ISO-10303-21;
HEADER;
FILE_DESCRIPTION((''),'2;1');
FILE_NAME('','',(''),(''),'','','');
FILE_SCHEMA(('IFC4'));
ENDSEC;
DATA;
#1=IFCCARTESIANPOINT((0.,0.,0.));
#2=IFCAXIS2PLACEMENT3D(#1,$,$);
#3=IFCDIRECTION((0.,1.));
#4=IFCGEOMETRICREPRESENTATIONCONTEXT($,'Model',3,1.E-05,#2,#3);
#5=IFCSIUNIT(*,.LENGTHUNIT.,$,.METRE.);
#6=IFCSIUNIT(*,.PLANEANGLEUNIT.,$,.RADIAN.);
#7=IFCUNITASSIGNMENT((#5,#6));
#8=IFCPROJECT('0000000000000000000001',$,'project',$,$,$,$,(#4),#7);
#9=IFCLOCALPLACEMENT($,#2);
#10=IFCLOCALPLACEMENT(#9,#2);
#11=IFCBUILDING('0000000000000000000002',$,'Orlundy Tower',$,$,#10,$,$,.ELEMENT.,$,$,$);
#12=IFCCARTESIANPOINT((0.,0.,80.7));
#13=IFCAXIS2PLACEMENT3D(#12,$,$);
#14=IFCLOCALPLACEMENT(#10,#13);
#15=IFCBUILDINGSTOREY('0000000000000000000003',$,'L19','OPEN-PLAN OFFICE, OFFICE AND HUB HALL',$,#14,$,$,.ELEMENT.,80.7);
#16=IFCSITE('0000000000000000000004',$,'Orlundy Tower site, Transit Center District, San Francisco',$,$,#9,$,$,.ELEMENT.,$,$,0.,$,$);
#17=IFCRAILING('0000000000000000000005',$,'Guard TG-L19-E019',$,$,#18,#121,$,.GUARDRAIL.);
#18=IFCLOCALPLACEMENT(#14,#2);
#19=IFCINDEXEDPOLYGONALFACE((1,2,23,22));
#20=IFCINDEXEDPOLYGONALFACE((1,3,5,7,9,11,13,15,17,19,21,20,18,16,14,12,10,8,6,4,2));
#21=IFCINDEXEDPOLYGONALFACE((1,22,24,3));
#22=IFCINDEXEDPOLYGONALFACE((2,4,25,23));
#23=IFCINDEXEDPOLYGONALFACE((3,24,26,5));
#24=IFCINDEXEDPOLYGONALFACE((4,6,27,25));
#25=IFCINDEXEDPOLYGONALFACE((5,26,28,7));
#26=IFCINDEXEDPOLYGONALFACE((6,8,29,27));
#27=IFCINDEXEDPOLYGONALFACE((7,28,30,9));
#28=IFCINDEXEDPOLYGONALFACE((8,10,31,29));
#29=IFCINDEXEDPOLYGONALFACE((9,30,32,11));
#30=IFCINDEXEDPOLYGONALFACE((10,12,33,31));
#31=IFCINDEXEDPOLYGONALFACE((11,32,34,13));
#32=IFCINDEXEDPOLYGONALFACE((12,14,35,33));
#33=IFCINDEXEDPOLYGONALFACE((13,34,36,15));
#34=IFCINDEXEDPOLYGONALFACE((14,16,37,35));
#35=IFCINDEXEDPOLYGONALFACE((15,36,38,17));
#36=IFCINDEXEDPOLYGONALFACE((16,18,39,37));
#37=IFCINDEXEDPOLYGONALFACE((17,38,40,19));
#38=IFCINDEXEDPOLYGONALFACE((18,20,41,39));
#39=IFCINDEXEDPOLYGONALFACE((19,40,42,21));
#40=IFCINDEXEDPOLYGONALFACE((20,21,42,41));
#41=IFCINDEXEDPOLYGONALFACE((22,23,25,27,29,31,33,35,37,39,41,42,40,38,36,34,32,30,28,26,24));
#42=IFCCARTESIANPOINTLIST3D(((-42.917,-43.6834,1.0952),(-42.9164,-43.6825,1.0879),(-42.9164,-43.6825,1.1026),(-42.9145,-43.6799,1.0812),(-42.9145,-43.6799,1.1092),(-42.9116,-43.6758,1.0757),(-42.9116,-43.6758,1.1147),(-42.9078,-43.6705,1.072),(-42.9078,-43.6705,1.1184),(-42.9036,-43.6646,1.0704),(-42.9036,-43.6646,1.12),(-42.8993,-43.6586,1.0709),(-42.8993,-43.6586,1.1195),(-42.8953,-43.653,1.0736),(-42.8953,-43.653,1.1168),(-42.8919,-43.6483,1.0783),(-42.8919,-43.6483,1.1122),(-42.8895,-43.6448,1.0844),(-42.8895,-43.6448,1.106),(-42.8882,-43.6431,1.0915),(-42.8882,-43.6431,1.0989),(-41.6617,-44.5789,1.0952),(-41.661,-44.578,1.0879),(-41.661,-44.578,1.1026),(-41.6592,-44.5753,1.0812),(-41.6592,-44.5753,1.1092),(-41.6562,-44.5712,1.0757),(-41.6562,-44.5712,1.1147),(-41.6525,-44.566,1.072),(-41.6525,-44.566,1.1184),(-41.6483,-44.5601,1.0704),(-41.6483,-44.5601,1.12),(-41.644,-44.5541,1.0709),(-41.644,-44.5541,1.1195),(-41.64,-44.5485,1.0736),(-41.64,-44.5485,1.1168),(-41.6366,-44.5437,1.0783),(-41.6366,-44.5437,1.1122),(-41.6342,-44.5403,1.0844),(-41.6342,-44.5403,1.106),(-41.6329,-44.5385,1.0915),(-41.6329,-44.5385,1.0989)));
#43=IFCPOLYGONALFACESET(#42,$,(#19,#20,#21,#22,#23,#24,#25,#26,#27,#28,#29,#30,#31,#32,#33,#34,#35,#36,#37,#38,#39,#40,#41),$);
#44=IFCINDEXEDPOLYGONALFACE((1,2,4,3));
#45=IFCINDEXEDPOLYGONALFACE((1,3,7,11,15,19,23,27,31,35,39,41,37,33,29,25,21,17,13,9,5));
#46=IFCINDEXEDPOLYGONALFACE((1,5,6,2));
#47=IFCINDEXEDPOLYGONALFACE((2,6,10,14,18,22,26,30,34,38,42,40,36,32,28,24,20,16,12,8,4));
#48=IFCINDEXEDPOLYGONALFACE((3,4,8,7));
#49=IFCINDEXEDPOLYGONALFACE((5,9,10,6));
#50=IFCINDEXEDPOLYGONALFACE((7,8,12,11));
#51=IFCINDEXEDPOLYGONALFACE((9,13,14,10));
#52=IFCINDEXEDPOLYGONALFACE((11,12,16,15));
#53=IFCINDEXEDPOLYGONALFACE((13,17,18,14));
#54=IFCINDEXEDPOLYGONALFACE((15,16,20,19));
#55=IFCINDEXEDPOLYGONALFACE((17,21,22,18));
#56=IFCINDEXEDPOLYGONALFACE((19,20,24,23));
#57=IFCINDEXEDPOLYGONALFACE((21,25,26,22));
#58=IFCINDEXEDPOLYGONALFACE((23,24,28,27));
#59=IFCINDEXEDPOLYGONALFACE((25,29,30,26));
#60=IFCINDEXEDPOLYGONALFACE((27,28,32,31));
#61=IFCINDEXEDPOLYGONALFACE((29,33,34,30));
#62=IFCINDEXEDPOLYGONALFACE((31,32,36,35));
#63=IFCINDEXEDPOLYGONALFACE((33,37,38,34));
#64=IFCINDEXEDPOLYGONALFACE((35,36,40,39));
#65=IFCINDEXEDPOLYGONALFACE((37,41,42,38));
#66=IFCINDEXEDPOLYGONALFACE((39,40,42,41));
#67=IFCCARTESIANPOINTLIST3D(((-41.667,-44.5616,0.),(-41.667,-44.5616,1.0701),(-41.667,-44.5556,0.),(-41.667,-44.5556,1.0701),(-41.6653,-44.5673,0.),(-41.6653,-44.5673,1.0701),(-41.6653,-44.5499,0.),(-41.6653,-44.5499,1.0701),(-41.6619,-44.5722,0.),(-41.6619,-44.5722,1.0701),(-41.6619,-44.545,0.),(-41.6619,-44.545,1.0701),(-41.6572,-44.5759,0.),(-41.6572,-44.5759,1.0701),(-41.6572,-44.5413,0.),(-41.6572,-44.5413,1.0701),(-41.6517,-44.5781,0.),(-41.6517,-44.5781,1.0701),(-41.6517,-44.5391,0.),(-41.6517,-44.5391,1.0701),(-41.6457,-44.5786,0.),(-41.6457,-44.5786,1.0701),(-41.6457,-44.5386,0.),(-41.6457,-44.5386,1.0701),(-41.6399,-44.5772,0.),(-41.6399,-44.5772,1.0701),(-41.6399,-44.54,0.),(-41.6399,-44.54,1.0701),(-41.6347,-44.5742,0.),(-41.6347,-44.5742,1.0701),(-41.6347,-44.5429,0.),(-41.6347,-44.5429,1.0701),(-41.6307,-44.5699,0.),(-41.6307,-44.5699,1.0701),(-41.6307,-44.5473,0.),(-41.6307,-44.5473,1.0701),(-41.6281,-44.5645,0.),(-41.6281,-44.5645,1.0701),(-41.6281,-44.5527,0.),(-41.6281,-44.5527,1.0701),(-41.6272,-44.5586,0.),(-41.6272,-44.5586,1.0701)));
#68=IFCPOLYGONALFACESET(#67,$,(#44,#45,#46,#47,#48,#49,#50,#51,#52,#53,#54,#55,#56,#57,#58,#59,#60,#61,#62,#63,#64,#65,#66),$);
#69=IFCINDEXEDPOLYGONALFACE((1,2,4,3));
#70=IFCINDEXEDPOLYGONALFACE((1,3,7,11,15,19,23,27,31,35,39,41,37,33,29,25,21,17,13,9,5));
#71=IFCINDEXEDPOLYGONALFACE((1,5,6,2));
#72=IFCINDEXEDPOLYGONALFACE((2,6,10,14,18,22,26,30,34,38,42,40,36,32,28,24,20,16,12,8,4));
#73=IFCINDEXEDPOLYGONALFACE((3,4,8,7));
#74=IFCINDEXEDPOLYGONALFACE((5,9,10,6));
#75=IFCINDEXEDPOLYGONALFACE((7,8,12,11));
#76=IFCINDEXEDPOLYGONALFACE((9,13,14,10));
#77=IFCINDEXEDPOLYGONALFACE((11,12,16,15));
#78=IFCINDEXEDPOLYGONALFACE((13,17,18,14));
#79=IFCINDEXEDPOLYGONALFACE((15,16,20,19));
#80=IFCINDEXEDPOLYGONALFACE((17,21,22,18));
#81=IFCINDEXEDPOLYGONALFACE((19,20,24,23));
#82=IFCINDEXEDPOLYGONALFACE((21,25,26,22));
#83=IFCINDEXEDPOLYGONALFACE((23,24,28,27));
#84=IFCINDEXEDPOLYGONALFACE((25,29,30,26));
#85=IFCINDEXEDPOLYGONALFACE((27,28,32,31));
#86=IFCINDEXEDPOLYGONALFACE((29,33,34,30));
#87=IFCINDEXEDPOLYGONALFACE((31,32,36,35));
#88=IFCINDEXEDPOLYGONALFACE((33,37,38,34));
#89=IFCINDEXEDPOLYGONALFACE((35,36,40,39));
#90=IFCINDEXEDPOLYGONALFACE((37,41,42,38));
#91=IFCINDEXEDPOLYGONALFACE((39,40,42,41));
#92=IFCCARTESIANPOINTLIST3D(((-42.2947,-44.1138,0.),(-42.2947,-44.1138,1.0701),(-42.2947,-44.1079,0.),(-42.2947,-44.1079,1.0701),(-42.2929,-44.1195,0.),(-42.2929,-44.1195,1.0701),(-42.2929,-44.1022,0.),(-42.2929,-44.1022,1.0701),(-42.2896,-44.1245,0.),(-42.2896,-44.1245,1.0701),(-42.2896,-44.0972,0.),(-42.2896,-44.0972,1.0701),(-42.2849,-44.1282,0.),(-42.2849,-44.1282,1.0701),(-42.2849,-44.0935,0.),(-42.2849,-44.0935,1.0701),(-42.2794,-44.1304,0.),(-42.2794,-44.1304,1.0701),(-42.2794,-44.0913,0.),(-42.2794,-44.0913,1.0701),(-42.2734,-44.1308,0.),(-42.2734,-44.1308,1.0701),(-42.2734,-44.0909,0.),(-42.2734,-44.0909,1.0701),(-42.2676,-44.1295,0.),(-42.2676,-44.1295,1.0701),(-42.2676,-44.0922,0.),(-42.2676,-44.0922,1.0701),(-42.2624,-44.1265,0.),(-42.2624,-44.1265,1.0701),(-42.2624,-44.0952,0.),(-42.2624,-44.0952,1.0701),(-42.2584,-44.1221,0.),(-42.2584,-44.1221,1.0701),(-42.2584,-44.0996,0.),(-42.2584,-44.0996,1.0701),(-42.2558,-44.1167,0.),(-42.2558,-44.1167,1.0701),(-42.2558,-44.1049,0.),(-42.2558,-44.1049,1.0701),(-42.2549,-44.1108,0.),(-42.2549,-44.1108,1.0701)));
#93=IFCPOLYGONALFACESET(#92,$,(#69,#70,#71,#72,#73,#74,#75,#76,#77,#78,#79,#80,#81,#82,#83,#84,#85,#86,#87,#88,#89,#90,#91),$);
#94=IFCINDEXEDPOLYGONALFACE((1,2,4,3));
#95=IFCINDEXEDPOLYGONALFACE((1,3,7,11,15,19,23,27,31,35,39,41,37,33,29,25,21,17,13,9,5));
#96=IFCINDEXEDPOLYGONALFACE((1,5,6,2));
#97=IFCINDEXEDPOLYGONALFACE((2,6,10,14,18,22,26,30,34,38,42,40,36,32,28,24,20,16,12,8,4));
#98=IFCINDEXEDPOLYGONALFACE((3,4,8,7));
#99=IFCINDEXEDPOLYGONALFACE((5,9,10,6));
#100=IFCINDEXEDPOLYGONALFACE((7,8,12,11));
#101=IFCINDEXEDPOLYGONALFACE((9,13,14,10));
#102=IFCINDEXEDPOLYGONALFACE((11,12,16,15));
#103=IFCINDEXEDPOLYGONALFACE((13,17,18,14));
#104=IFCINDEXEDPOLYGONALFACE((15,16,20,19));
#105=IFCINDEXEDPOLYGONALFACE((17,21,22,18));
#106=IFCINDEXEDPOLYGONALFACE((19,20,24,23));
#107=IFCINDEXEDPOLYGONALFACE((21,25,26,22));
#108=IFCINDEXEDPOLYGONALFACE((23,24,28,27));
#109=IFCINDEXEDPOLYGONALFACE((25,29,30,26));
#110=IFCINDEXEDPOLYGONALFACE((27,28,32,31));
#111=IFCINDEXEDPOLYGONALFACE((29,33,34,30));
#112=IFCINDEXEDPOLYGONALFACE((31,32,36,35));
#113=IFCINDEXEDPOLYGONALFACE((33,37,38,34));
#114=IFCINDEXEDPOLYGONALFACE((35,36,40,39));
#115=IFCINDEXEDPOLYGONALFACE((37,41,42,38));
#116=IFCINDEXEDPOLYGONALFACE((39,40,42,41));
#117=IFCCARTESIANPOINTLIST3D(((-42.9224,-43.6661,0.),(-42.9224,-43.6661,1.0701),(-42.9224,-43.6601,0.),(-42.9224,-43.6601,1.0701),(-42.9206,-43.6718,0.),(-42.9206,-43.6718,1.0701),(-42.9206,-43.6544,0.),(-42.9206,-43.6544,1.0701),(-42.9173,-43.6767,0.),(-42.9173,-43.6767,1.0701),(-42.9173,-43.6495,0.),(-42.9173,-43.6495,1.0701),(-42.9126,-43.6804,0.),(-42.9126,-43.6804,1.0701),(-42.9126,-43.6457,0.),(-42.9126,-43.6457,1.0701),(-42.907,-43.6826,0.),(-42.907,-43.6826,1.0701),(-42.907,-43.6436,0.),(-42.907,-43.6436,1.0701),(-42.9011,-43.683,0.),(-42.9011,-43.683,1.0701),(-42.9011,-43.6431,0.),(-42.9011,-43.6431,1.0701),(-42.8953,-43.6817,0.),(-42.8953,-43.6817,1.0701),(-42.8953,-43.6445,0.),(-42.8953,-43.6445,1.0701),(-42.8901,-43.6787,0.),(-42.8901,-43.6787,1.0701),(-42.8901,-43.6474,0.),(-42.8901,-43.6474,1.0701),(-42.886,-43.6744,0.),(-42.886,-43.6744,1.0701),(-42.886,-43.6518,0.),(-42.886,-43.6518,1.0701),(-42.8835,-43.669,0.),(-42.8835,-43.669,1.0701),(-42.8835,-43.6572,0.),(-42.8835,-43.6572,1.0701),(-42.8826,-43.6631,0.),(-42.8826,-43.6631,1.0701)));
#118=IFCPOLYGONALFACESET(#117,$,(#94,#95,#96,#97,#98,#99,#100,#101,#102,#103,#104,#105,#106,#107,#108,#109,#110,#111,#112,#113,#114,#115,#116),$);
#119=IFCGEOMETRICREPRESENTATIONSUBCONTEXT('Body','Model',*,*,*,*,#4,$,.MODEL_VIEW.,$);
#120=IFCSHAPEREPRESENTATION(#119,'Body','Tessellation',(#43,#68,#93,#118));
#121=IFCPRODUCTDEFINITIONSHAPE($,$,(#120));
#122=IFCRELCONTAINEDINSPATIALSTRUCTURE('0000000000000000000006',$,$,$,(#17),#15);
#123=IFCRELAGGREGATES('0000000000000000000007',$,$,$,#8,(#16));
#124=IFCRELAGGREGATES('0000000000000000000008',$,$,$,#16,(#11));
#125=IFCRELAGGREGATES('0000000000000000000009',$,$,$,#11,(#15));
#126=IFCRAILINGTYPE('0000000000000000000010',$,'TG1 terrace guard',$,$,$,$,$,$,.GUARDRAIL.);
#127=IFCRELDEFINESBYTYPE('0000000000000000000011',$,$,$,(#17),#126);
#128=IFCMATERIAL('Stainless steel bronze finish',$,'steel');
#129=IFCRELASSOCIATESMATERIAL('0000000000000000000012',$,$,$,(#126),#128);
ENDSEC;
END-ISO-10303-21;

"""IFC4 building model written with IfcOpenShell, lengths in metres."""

from ifc_helpers import new_model, si_unit, direction, frame, origin, origin_2d, place, context, subcontext, project, spatial, circle, extrude, material, type_object, element, save


model = new_model("IFC4")

# Units and contexts
model_context = context("Model", 3, precision=1e-05, world=origin(), true_north=direction((0.0, 1.0)))
body_context = subcontext(model_context, "Body", "Model", "MODEL_VIEW")
ifc_project = project(units=[si_unit("LENGTHUNIT", "METRE"), si_unit("PLANEANGLEUNIT", "RADIAN")], contexts=[model_context])

# Site, building, storey
site_placement = place(None, origin())
site = spatial("IfcSite", under=ifc_project, at=site_placement, Name="Orlundy Tower site, Transit Center District, San Francisco", CompositionType="ELEMENT", RefElevation=0.0)
building_placement = place(site_placement, origin())
building = spatial("IfcBuilding", under=site, at=building_placement, Name="Orlundy Tower", CompositionType="ELEMENT")
storey_placement = place(building_placement, frame((0.0, 0.0, 80.7)))
storey = spatial("IfcBuildingStorey", under=building, at=storey_placement, Name="L19", Description="OPEN-PLAN OFFICE, OFFICE AND HUB HALL", CompositionType="ELEMENT", Elevation=80.7)

# Railing
ifc_material_1 = material(Name="Stainless steel bronze finish", Category="steel")
railing_type = type_object("IfcRailingType", Name="TG1 terrace guard", PredefinedType="GUARDRAIL", material=ifc_material_1)
railing_1_placement = place(storey_placement, frame((-41.6472, -44.5586, 0.0)))
element("IfcRailing", 1, at=railing_1_placement, inside=storey, type_object=railing_type, Name="Guard TG-L19-E019", PredefinedType="GUARDRAIL", context=body_context, shape_type="SweptSolid", body=[
    extrude(circle(Radius=0.0249, at=origin_2d()), frame((0.0, 0.0, 1.0952), z_axis=(-0.814097, 0.580729, 0.0), x_axis=(-0.580729, -0.814097, 0.0)), (0.0, 0.0, 1.0), 1.542),
    extrude(circle(Radius=0.02, at=origin_2d()), origin(), (0.0, 0.0, 1.0), 1.0701),
    extrude(circle(Radius=0.02, at=origin_2d()), frame((-0.6277, 0.4478, 0.0)), (0.0, 0.0, 1.0), 1.0701),
    extrude(circle(Radius=0.02, at=origin_2d()), frame((-1.2554, 0.8955, 0.0)), (0.0, 0.0, 1.0), 1.0701),
])

save(model, "model.ifc")
